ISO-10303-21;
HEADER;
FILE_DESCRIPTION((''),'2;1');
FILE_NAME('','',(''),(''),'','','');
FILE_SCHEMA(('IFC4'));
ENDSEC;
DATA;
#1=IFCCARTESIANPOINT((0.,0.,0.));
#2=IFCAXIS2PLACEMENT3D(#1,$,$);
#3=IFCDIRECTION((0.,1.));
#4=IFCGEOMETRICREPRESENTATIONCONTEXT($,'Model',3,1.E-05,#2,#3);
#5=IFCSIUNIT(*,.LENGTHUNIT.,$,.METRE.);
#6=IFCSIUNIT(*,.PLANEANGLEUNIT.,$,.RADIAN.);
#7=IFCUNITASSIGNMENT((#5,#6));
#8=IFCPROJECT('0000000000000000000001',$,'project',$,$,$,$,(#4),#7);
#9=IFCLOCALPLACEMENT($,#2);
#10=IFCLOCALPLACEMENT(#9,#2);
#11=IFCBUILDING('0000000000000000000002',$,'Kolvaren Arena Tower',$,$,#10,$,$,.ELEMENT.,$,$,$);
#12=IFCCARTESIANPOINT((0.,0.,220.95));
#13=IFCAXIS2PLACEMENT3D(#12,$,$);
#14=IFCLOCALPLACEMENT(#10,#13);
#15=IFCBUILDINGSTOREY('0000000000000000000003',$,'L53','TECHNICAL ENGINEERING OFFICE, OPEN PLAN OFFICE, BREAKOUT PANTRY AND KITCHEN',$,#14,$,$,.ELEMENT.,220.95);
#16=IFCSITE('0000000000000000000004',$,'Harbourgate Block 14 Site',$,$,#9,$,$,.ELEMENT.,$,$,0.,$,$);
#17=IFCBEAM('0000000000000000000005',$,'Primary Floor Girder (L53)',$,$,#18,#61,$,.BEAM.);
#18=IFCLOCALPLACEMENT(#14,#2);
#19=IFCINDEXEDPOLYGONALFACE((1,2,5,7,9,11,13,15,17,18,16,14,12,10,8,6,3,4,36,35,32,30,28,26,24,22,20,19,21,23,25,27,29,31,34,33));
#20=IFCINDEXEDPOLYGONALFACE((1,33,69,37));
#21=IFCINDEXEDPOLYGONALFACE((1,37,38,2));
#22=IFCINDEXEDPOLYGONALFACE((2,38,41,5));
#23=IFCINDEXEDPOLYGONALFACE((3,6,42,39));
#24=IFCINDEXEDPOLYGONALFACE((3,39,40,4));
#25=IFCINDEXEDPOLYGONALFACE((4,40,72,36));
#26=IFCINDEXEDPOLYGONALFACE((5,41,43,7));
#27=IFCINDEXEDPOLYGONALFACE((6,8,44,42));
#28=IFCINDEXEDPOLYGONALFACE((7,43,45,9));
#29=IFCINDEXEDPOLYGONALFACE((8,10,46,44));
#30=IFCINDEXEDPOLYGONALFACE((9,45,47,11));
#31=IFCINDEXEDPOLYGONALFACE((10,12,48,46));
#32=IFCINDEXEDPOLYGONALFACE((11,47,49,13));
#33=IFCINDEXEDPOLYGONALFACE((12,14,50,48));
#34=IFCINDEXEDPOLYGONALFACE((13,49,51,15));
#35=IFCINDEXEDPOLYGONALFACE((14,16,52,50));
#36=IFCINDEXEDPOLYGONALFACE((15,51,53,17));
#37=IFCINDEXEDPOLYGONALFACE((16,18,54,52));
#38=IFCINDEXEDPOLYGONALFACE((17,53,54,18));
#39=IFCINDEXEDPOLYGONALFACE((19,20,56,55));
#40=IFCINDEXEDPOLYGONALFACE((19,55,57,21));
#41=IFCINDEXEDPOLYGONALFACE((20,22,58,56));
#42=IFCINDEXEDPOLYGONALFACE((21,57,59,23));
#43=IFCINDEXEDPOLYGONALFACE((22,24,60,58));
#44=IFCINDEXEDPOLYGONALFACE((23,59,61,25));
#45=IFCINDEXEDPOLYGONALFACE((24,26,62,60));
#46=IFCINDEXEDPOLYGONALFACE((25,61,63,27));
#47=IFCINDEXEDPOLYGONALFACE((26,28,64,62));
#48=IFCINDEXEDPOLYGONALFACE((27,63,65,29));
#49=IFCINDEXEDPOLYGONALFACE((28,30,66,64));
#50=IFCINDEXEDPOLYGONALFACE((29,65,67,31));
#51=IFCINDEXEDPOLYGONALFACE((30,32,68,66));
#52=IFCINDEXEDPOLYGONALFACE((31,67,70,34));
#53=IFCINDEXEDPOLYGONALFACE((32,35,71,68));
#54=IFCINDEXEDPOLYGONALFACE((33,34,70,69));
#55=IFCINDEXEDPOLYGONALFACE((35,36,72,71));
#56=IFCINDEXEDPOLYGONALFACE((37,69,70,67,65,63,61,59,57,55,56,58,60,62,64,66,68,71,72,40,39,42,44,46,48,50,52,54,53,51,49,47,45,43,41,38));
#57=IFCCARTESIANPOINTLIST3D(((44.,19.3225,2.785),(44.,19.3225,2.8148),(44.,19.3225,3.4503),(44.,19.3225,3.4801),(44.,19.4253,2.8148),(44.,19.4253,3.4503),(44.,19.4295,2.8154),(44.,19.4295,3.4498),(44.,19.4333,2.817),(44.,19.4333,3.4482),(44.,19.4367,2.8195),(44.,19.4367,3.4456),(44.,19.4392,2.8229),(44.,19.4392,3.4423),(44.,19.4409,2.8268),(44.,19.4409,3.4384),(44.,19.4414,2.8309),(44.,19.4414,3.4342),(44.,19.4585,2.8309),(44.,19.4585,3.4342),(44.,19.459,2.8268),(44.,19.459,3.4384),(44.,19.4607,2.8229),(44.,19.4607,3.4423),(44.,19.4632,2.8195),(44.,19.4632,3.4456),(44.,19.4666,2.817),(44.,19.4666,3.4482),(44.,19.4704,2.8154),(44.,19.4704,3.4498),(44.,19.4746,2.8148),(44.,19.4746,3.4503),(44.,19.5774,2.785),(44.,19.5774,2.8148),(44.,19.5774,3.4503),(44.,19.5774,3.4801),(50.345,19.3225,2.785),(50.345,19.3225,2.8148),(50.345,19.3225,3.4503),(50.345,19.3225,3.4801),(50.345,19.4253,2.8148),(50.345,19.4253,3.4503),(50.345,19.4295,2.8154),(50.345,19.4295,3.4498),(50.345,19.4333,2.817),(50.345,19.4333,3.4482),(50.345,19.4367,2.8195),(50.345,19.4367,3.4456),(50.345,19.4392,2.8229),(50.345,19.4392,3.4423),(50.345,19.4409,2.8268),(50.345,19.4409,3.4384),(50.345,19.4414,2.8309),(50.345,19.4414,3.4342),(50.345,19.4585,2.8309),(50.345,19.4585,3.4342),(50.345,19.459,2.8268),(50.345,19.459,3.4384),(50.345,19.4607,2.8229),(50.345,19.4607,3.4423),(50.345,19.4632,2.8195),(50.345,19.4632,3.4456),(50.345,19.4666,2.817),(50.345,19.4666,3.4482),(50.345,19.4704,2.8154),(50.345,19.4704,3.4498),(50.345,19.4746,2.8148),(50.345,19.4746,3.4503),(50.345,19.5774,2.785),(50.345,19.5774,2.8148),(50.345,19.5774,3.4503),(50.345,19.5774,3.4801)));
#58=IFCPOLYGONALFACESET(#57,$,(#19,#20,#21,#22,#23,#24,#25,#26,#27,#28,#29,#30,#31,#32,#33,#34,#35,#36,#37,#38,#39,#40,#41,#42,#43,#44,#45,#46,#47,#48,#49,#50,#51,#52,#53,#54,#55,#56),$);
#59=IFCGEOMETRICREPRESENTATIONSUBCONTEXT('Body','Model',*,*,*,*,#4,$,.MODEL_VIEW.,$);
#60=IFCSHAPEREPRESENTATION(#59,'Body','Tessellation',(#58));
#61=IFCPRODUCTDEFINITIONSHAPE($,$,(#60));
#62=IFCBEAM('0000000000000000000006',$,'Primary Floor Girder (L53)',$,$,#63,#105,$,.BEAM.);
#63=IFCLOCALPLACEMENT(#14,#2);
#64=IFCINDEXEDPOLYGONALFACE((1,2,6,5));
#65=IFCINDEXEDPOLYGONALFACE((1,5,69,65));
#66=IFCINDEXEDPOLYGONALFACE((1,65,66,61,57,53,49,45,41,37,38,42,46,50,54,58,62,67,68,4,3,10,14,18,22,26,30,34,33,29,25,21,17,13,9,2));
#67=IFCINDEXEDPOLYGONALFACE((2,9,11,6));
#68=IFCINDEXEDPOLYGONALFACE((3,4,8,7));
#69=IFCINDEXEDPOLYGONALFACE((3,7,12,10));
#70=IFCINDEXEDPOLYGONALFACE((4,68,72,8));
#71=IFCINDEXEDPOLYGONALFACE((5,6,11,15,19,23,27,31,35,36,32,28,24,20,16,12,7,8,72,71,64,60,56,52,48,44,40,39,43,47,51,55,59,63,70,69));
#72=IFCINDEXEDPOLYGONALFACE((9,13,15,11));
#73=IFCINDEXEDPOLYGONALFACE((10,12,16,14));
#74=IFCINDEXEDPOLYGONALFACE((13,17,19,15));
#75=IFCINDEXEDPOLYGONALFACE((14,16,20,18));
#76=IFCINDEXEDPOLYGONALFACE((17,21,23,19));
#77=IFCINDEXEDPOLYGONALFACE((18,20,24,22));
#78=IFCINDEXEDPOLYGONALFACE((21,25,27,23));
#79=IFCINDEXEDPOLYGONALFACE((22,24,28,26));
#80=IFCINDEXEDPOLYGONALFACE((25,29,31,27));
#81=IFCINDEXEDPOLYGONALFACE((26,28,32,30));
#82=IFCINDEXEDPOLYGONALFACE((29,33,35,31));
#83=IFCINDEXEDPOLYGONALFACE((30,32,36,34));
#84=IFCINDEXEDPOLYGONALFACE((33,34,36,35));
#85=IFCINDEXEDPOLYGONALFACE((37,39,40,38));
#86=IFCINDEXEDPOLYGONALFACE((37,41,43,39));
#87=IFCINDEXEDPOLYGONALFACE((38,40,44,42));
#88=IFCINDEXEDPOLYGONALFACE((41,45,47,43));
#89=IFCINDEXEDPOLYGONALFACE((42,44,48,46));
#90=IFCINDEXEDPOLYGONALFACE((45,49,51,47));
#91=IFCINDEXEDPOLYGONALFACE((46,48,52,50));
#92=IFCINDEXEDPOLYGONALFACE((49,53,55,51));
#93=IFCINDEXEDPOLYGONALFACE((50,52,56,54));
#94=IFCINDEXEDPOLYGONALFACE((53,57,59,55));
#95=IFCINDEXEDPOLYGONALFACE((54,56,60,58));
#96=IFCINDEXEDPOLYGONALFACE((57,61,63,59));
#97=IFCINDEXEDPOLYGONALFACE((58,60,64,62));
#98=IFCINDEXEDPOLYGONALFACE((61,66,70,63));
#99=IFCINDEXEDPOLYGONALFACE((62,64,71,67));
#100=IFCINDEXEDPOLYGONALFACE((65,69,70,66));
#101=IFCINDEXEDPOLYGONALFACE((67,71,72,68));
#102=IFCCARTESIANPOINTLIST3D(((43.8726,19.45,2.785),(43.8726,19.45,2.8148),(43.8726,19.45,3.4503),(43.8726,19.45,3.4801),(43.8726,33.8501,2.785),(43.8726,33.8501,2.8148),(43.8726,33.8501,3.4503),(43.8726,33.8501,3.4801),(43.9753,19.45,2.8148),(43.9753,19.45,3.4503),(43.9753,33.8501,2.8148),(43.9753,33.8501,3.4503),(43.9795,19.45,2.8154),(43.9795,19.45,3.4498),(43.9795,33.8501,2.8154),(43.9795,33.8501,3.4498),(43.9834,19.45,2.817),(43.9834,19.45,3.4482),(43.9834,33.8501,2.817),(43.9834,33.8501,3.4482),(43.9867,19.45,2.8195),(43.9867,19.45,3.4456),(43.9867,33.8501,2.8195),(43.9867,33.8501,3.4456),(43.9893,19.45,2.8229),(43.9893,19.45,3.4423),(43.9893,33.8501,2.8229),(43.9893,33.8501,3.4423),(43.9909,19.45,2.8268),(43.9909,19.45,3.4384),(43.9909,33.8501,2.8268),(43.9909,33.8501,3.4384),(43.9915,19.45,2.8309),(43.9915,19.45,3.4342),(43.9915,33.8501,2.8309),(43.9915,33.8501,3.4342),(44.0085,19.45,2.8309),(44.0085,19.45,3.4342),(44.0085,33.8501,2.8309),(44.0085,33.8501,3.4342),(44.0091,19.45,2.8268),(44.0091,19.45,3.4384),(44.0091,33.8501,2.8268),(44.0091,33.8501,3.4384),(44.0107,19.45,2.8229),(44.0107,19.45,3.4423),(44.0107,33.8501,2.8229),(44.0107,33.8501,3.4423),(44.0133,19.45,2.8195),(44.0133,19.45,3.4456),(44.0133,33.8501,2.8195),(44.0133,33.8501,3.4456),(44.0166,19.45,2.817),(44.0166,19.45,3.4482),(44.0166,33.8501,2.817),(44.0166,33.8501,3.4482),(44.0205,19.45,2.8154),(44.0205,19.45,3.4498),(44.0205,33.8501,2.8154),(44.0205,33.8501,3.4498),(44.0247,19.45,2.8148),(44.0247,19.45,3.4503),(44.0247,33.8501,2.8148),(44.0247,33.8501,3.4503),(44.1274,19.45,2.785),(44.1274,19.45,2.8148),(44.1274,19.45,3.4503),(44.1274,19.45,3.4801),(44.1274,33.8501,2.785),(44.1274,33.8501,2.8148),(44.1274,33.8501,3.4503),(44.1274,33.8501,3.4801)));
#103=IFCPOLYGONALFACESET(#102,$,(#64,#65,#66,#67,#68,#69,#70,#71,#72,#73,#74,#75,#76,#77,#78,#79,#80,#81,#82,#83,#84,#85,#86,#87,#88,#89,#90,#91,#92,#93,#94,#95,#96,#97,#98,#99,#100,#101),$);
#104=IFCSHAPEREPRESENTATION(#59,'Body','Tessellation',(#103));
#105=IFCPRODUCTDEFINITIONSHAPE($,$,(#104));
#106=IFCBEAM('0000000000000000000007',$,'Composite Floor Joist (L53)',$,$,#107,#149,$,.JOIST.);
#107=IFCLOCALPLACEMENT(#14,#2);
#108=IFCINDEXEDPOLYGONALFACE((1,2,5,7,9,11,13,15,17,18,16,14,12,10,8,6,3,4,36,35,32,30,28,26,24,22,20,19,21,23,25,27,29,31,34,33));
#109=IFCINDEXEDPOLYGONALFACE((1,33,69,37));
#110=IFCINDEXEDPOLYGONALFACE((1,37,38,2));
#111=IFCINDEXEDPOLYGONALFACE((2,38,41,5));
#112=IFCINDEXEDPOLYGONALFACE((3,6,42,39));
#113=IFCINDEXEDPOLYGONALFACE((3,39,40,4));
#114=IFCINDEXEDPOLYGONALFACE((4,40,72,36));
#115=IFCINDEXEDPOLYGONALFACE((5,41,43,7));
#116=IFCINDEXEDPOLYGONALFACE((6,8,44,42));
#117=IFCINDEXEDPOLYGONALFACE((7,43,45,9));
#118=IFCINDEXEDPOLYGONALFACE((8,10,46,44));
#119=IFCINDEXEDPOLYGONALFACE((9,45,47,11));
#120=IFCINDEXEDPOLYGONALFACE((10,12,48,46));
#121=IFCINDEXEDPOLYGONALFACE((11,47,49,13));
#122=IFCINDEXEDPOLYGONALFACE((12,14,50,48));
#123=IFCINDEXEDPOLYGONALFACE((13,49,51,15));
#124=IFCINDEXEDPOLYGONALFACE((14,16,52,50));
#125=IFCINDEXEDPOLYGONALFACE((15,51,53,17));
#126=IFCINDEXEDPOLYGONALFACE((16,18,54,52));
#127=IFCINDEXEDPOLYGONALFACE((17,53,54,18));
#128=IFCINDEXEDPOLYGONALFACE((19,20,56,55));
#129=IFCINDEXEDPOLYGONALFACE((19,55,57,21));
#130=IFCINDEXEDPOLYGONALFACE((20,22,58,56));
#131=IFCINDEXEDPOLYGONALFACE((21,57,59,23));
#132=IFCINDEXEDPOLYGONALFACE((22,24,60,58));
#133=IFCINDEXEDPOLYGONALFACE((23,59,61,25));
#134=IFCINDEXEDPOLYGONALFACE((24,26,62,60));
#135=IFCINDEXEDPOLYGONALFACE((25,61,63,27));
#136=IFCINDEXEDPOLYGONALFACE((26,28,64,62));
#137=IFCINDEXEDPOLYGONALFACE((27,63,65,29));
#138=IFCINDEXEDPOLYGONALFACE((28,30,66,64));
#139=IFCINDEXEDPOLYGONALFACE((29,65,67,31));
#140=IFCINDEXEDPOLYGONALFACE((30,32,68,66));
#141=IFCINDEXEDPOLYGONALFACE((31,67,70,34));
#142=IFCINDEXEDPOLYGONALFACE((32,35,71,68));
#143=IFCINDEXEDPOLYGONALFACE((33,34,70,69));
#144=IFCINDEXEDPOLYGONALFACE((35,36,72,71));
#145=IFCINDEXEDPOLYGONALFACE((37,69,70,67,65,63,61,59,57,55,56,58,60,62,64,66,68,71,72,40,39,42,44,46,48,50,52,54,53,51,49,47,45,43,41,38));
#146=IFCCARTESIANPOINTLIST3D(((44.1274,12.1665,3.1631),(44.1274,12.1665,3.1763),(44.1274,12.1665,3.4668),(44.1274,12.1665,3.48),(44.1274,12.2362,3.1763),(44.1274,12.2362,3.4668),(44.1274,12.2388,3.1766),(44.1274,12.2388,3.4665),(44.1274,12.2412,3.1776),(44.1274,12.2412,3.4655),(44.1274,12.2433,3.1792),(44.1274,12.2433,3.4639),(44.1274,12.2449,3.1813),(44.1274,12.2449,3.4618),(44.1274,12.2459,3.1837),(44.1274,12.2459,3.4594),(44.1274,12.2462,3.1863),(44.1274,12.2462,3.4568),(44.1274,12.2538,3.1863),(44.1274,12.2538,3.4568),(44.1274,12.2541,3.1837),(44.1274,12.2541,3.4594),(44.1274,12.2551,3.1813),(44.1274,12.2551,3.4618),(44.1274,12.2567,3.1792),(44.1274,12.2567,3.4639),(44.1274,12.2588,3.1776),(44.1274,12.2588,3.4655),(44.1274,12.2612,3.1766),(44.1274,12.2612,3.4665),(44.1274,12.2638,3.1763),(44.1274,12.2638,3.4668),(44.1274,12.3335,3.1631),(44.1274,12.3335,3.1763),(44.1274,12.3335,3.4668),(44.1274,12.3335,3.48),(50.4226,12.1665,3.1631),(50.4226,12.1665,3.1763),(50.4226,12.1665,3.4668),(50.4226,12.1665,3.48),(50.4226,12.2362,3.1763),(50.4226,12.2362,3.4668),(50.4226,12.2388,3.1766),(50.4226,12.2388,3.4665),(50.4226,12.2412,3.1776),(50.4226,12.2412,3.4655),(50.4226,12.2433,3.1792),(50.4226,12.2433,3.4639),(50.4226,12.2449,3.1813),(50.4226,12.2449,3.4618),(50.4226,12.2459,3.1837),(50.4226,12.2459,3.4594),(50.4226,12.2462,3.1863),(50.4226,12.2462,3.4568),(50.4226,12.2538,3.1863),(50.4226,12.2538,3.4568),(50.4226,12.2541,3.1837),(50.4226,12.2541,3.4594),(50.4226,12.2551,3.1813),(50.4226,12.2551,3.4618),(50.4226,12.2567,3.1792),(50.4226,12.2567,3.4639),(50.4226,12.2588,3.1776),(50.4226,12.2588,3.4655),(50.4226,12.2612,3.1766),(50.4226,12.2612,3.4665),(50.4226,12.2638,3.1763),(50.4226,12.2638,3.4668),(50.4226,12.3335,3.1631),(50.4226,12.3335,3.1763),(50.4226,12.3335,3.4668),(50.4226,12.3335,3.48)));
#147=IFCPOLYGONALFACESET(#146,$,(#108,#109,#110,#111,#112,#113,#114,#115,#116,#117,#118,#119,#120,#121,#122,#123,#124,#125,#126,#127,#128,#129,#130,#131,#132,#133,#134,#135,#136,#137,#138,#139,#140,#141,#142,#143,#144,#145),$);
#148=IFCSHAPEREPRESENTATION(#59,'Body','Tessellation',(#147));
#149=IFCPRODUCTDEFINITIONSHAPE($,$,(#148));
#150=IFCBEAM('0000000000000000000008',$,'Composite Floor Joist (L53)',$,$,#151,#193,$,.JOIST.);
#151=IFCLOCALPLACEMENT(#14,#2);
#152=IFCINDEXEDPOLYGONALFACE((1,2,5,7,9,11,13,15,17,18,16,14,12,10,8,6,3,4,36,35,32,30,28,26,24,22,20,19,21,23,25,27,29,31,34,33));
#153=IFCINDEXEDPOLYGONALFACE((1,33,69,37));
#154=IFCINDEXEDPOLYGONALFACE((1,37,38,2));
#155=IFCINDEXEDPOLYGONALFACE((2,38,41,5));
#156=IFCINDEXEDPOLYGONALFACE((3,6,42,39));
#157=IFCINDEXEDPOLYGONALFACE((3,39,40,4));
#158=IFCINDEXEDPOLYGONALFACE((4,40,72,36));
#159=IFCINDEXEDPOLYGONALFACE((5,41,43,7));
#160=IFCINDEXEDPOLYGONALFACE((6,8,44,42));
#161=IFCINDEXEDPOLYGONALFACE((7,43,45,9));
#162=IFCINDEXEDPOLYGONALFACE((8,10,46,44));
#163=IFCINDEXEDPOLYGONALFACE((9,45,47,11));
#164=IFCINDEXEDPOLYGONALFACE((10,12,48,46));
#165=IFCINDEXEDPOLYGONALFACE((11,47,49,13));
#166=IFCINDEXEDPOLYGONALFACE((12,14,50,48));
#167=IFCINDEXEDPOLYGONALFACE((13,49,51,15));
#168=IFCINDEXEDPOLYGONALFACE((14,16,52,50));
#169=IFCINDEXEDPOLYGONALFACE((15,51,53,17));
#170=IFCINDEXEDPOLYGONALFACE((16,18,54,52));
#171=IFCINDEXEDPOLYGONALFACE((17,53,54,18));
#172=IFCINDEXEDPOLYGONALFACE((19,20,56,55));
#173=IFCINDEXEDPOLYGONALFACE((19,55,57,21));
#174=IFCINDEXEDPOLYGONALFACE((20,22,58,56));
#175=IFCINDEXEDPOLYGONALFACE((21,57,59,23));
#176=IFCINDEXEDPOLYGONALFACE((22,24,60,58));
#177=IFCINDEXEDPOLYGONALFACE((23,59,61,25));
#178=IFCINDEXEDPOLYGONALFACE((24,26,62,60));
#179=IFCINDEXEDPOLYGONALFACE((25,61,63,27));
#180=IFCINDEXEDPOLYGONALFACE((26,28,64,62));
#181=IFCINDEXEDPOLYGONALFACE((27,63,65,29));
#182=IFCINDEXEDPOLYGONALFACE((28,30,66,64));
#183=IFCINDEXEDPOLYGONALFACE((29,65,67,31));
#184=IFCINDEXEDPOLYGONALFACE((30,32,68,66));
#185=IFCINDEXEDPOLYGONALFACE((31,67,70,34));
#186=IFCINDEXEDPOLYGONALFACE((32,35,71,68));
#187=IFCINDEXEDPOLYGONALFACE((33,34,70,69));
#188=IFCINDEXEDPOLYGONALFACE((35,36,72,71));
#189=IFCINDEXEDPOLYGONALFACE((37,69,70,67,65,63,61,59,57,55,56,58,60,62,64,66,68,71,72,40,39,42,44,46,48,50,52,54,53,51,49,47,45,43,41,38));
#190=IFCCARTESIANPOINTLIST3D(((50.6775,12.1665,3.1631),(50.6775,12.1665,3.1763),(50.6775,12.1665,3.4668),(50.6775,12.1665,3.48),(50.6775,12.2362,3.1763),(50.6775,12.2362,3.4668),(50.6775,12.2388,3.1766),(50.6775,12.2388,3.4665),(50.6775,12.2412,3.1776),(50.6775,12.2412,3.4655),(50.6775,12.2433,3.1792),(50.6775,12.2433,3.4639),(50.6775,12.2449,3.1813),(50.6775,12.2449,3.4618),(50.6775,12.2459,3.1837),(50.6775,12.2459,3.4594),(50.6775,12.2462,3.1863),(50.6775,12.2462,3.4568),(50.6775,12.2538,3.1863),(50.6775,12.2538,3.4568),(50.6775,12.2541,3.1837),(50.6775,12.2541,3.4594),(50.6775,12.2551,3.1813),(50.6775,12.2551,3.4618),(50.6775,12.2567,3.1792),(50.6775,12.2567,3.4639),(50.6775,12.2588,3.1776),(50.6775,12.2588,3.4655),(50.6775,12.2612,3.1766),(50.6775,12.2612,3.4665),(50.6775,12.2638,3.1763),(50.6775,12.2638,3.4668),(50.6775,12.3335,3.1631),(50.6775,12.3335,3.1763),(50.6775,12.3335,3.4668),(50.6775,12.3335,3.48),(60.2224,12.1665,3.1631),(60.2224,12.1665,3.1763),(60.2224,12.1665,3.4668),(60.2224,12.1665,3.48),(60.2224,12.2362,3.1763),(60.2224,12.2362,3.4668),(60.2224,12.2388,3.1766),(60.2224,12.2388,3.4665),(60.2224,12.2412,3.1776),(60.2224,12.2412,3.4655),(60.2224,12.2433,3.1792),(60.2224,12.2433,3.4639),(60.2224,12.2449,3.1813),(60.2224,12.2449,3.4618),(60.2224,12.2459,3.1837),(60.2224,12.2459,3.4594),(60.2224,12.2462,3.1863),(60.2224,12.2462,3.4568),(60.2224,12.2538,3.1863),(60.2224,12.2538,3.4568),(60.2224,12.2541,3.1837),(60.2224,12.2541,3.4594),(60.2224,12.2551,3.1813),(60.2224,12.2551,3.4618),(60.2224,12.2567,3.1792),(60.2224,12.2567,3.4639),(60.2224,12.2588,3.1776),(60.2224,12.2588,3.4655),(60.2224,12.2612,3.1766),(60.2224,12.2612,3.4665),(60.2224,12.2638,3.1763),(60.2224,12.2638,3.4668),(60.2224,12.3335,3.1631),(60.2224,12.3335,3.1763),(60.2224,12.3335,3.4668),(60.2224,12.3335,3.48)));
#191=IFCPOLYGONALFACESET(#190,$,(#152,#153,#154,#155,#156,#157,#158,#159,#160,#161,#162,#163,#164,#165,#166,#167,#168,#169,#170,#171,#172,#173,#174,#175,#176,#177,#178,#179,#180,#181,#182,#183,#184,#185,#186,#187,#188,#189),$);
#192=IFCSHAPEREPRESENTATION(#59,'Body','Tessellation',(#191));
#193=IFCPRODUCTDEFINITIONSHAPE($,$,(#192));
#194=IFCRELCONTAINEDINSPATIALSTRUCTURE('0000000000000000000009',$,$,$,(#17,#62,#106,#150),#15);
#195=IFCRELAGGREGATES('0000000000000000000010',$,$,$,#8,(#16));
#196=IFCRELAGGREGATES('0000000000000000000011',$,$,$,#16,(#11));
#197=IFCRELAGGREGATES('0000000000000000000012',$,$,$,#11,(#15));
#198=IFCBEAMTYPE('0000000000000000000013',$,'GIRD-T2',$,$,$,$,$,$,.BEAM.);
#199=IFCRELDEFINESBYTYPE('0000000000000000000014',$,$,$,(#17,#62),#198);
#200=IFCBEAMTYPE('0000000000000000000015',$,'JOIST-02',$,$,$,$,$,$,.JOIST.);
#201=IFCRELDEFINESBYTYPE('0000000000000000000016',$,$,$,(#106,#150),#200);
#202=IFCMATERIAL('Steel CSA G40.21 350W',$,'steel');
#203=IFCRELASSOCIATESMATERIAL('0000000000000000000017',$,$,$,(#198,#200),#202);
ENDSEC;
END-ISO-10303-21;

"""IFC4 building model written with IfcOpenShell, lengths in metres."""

from ifc_helpers import new_model, si_unit, direction, frame, origin, origin_2d, place, context, subcontext, project, spatial, i_section, extrude, material, material_profile, profile_set, type_object, element, save


model = new_model("IFC4")

# Units and contexts
model_context = context("Model", 3, precision=1e-05, world=origin(), true_north=direction((0.0, 1.0)))
body_context = subcontext(model_context, "Body", "Model", "MODEL_VIEW")
ifc_project = project(units=[si_unit("LENGTHUNIT", "METRE"), si_unit("PLANEANGLEUNIT", "RADIAN")], contexts=[model_context])

# Site, building, storey
site_placement = place(None, origin())
site = spatial("IfcSite", under=ifc_project, at=site_placement, Name="Harbourgate Block 14 Site", CompositionType="ELEMENT", RefElevation=0.0)
building_placement = place(site_placement, origin())
building = spatial("IfcBuilding", under=site, at=building_placement, Name="Kolvaren Arena Tower", CompositionType="ELEMENT")
storey_placement = place(building_placement, frame((0.0, 0.0, 220.95)))
storey = spatial("IfcBuildingStorey", under=building, at=storey_placement, Name="L53", Description="TECHNICAL ENGINEERING OFFICE, OPEN PLAN OFFICE, BREAKOUT PANTRY AND KITCHEN", CompositionType="ELEMENT", Elevation=220.95)

# Beams
ifc_material_1 = material(Name="Steel CSA G40.21 350W", Category="steel")
ifc_material_profile_1 = material_profile(ifc_material_1, i_section(OverallWidth=0.2549, OverallDepth=0.6951, WebThickness=0.0171, FlangeThickness=0.0298, FilletRadius=0.0161, at=origin_2d()), Name="W690x217")
ifc_profile_set_1 = profile_set([ifc_material_profile_1], Name="Steel CSA G40.21 350W")
beam_type_1 = type_object("IfcBeamType", Name="GIRD-T2", PredefinedType="BEAM", material=ifc_profile_set_1)
beam_1_placement = place(storey_placement, frame((44.0, 19.45, 3.1326), z_axis=(1.0, 0.0, 0.0), x_axis=(0.0, 1.0, 0.0)))
element("IfcBeam", 1, at=beam_1_placement, inside=storey, type_object=beam_type_1, Name="Primary Floor Girder (L53)", PredefinedType="BEAM", context=body_context, shape_type="SweptSolid", body=[
    extrude(i_section(OverallWidth=0.2549, OverallDepth=0.6951, WebThickness=0.0171, FlangeThickness=0.0298, FilletRadius=0.0161, at=origin_2d()), origin(), (0.0, 0.0, 1.0), 6.345),
])
beam_2_placement = place(storey_placement, frame((44.0, 19.45, 3.1326), z_axis=(0.0, 1.0, 0.0), x_axis=(-1.0, 0.0, 0.0)))
element("IfcBeam", 2, at=beam_2_placement, inside=storey, type_object=beam_type_1, Name="Primary Floor Girder (L53)", PredefinedType="BEAM", context=body_context, shape_type="SweptSolid", body=[
    extrude(i_section(OverallWidth=0.2549, OverallDepth=0.6951, WebThickness=0.0171, FlangeThickness=0.0298, FilletRadius=0.0161, at=origin_2d()), origin(), (0.0, 0.0, 1.0), 14.4001),
])
ifc_material_profile_2 = material_profile(ifc_material_1, i_section(OverallWidth=0.167, OverallDepth=0.3169, WebThickness=0.0076, FlangeThickness=0.0132, FilletRadius=0.01, at=origin_2d()), Name="W310x52")
ifc_profile_set_2 = profile_set([ifc_material_profile_2], Name="Steel CSA G40.21 350W")
beam_type_2 = type_object("IfcBeamType", Name="JOIST-02", PredefinedType="JOIST", material=ifc_profile_set_2)
beam_3_placement = place(storey_placement, frame((44.1274, 12.25, 3.3215), z_axis=(1.0, 0.0, 0.0), x_axis=(0.0, 1.0, 0.0)))
element("IfcBeam", 3, at=beam_3_placement, inside=storey, type_object=beam_type_2, Name="Composite Floor Joist (L53)", PredefinedType="JOIST", context=body_context, shape_type="SweptSolid", body=[
    extrude(i_section(OverallWidth=0.167, OverallDepth=0.3169, WebThickness=0.0076, FlangeThickness=0.0132, FilletRadius=0.01, at=origin_2d()), origin(), (0.0, 0.0, 1.0), 6.2952),
])
beam_4_placement = place(storey_placement, frame((50.6775, 12.25, 3.3215), z_axis=(1.0, 0.0, 0.0), x_axis=(0.0, 1.0, 0.0)))
element("IfcBeam", 4, at=beam_4_placement, inside=storey, type_object=beam_type_2, Name="Composite Floor Joist (L53)", PredefinedType="JOIST", context=body_context, shape_type="SweptSolid", body=[
    extrude(i_section(OverallWidth=0.167, OverallDepth=0.3169, WebThickness=0.0076, FlangeThickness=0.0132, FilletRadius=0.01, at=origin_2d()), origin(), (0.0, 0.0, 1.0), 9.5449),
])

save(model, "model.ifc")
